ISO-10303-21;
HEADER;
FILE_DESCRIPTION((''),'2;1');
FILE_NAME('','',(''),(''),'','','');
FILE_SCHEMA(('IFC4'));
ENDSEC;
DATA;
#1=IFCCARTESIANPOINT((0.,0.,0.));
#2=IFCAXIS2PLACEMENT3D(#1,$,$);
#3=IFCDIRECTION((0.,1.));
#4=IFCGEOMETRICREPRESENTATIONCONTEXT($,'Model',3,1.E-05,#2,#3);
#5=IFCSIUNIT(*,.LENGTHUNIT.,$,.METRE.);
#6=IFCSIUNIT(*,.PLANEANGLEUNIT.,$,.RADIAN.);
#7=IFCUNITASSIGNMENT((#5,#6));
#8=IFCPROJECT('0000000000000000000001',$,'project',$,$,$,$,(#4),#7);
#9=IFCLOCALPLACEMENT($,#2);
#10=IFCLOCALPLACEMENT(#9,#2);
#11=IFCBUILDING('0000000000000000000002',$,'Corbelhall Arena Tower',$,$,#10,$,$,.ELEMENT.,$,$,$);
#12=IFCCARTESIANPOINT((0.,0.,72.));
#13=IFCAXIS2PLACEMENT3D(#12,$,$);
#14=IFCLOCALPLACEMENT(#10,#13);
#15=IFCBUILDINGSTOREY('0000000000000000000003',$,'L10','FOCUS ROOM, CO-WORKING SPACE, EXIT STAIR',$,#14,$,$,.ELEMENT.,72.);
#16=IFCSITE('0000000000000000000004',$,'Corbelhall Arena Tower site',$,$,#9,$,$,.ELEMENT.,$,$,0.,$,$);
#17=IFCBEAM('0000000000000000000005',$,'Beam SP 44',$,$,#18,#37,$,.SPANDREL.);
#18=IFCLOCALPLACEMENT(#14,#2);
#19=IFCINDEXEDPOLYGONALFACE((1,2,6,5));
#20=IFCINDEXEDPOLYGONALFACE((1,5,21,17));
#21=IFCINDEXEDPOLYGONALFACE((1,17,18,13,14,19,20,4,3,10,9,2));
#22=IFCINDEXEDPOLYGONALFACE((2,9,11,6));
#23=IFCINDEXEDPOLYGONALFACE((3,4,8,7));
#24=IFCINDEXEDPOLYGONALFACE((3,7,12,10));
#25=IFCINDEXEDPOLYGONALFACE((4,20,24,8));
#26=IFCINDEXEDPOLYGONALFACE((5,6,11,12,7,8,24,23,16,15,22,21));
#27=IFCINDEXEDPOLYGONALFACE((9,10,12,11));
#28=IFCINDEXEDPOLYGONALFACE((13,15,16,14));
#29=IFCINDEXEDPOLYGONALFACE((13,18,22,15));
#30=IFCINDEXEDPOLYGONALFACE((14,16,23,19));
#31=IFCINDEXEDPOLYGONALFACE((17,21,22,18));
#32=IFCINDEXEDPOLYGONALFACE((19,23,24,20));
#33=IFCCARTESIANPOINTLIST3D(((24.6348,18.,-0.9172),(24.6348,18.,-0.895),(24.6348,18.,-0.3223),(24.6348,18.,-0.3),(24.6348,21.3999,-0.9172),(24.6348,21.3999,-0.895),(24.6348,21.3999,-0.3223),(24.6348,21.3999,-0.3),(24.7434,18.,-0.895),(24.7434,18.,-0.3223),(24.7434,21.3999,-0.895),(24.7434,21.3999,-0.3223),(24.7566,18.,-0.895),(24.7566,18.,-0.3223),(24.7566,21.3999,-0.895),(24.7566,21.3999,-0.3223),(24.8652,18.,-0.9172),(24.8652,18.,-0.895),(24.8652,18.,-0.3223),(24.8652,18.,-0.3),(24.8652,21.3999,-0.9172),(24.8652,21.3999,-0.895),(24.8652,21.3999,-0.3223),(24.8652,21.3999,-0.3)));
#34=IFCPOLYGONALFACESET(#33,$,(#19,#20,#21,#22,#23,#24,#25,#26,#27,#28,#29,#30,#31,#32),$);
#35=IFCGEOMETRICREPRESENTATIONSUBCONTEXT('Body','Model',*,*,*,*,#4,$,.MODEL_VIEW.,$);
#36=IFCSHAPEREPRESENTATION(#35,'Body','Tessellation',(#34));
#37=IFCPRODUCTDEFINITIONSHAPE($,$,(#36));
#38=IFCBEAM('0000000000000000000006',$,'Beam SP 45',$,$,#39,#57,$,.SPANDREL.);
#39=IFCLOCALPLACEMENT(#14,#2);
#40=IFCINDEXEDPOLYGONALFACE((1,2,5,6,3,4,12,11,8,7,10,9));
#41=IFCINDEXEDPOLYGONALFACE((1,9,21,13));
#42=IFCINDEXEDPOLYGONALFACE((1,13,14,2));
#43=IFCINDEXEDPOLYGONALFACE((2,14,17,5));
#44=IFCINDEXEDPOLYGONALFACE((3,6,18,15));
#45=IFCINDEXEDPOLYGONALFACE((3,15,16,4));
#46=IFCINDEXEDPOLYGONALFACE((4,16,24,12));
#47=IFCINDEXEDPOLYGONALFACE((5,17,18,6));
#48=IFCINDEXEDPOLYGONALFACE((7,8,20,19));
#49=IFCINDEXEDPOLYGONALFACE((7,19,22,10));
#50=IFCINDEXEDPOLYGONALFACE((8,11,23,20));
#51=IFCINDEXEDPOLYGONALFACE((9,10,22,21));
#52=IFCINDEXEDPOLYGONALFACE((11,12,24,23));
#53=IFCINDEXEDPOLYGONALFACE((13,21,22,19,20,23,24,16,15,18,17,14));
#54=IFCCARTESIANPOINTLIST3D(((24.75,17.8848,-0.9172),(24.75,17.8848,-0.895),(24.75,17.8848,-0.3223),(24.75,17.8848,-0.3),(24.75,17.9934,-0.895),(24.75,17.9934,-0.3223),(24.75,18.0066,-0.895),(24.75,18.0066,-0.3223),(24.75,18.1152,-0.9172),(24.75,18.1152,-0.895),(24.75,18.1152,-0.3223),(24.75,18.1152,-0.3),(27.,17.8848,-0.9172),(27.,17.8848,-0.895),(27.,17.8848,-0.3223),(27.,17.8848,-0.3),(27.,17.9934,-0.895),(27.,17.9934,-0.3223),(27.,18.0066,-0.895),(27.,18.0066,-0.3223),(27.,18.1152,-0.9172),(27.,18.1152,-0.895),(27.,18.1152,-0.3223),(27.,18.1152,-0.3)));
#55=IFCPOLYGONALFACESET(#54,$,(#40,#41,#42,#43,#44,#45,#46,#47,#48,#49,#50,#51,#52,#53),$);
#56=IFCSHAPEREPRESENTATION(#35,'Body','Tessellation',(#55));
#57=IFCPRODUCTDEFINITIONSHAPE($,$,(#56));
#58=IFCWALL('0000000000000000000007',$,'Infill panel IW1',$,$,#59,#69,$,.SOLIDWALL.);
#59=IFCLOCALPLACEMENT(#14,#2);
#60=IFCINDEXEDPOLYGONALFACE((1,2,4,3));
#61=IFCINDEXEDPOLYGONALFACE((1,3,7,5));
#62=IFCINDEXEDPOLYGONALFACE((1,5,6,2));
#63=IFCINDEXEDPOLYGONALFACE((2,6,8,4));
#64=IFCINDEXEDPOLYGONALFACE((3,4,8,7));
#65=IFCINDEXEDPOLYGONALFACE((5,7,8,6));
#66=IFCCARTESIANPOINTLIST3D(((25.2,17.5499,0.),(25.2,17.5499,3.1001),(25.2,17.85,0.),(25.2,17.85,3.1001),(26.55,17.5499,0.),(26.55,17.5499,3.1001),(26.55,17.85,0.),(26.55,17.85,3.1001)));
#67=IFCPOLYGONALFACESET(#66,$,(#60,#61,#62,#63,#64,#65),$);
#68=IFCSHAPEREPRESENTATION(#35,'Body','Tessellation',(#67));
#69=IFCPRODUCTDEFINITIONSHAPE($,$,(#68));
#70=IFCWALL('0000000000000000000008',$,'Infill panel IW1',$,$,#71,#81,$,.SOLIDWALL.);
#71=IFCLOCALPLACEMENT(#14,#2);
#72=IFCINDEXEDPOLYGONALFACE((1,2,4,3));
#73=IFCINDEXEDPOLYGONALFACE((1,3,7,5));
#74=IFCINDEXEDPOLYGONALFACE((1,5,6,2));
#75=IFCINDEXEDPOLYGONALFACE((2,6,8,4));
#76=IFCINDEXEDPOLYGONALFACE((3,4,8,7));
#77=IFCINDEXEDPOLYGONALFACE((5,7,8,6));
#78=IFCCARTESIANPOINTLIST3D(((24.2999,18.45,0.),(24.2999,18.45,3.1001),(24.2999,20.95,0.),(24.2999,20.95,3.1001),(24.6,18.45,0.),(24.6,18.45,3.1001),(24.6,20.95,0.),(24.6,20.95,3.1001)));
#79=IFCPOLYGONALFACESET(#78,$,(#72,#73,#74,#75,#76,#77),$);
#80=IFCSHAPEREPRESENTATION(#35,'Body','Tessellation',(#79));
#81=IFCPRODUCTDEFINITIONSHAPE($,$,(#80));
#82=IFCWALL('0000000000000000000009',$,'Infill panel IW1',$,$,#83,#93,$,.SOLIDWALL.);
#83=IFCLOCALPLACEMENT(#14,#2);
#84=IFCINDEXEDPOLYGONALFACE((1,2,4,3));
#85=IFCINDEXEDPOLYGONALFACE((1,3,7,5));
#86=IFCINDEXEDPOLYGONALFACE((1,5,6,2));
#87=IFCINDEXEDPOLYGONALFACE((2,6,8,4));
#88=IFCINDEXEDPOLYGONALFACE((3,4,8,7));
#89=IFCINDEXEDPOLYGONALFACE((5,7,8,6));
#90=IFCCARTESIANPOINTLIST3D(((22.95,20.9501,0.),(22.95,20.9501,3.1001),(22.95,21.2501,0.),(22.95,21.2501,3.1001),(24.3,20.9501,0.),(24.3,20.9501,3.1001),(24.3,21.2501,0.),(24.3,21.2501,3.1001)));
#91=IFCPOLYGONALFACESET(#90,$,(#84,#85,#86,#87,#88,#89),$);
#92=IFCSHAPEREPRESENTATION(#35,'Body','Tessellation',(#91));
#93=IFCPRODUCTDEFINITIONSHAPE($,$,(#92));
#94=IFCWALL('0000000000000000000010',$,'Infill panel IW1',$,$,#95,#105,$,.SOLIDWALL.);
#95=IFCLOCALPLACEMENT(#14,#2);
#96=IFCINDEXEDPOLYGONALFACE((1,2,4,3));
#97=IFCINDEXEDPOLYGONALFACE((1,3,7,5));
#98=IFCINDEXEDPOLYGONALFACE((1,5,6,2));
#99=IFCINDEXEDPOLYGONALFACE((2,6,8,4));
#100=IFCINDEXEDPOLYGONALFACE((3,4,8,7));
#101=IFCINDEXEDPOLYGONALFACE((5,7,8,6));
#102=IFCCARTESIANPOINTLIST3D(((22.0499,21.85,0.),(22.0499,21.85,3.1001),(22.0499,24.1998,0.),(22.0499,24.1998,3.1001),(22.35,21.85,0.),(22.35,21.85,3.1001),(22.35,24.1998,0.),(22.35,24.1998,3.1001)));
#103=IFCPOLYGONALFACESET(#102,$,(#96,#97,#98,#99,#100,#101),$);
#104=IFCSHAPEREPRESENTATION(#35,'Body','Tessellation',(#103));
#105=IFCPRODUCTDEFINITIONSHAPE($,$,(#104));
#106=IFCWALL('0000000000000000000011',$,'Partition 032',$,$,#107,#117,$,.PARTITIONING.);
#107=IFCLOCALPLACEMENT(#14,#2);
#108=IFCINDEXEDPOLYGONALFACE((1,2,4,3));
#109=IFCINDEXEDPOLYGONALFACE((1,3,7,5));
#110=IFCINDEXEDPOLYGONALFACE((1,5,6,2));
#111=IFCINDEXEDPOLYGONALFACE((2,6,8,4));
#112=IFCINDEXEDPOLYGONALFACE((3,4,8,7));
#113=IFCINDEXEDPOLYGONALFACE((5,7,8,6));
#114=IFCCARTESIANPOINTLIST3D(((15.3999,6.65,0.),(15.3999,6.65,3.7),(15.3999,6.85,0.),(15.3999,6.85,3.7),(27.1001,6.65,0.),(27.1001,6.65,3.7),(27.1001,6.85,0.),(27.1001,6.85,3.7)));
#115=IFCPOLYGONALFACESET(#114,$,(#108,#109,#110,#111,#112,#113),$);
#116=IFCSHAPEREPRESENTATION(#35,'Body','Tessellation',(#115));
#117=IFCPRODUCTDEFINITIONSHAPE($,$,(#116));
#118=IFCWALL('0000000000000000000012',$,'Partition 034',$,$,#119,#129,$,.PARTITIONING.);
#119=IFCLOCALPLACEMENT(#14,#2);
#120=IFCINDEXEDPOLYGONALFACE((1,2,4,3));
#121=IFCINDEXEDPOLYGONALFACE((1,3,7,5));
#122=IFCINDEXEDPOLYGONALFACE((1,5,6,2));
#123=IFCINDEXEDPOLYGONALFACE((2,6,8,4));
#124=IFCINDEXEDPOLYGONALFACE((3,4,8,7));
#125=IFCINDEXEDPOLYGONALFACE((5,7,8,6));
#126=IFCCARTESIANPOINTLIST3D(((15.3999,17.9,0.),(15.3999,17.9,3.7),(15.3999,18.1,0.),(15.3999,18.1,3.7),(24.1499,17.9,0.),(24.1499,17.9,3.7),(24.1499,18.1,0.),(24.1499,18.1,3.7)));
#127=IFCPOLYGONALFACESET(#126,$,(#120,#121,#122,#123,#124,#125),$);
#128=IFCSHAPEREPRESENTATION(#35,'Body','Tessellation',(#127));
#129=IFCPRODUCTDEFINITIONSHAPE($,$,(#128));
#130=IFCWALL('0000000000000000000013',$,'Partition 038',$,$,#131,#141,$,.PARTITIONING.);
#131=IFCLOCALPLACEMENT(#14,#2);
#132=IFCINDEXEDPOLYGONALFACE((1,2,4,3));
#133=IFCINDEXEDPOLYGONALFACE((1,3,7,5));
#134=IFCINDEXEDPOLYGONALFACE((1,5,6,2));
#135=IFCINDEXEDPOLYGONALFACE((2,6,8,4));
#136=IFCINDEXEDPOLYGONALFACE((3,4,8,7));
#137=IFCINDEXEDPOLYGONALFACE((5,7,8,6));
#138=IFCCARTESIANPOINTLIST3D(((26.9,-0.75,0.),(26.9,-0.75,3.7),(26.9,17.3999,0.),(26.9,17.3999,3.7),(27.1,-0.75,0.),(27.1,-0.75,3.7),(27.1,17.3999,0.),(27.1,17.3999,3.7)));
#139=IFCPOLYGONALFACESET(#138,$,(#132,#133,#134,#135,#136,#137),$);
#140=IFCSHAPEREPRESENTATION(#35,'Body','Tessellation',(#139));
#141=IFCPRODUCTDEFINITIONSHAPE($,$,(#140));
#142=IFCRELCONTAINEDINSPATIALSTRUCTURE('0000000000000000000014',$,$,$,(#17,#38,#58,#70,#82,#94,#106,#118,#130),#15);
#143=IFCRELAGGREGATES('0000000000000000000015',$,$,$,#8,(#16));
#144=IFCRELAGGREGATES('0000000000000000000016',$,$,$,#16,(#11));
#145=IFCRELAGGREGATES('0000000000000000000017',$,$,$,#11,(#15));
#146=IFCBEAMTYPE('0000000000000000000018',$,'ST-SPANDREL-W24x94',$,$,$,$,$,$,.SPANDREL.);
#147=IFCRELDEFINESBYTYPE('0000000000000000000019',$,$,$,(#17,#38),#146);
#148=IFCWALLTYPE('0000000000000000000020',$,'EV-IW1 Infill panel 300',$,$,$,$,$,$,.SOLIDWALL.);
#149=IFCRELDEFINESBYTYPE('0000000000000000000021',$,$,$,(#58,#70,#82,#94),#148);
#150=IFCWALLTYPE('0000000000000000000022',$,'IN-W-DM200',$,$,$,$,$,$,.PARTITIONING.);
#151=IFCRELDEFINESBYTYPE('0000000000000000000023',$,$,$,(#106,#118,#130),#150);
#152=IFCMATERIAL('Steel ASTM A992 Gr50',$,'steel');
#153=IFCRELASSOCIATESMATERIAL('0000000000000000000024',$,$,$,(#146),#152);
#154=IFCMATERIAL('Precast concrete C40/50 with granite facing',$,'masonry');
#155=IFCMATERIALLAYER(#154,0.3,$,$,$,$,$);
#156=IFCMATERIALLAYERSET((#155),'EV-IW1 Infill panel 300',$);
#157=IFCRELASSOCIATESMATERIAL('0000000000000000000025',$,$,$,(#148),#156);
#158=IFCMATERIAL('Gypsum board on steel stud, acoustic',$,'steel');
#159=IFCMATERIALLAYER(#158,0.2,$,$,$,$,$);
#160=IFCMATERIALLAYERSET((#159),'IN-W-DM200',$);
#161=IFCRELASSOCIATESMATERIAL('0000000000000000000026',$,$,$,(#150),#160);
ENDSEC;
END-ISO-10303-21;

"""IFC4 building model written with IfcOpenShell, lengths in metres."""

from ifc_helpers import new_model, si_unit, direction, frame, frame_2d, origin, origin_2d, place, context, subcontext, project, spatial, rectangle, i_section, extrude, material, layer, layer_set, material_profile, profile_set, type_object, element, save


model = new_model("IFC4")

# Units and contexts
model_context = context("Model", 3, precision=1e-05, world=origin(), true_north=direction((0.0, 1.0)))
body_context = subcontext(model_context, "Body", "Model", "MODEL_VIEW")
ifc_project = project(units=[si_unit("LENGTHUNIT", "METRE"), si_unit("PLANEANGLEUNIT", "RADIAN")], contexts=[model_context])

# Site, building, storey
site_placement = place(None, origin())
site = spatial("IfcSite", under=ifc_project, at=site_placement, Name="Corbelhall Arena Tower site", CompositionType="ELEMENT", RefElevation=0.0)
building_placement = place(site_placement, origin())
building = spatial("IfcBuilding", under=site, at=building_placement, Name="Corbelhall Arena Tower", CompositionType="ELEMENT")
storey_placement = place(building_placement, frame((0.0, 0.0, 72.0)))
storey = spatial("IfcBuildingStorey", under=building, at=storey_placement, Name="L10", Description="FOCUS ROOM, CO-WORKING SPACE, EXIT STAIR", CompositionType="ELEMENT", Elevation=72.0)

# Beams
ifc_material_1 = material(Name="Steel ASTM A992 Gr50", Category="steel")
ifc_material_profile_1 = material_profile(ifc_material_1, i_section(OverallWidth=0.2305, OverallDepth=0.6172, WebThickness=0.0132, FlangeThickness=0.0222, at=origin_2d()))
ifc_profile_set_1 = profile_set([ifc_material_profile_1], Name="Steel ASTM A992 Gr50")
beam_type = type_object("IfcBeamType", Name="ST-SPANDREL-W24x94", PredefinedType="SPANDREL", material=ifc_profile_set_1)
beam_1_placement = place(storey_placement, frame((24.75, 21.3999, -0.6086), z_axis=(0.0, -1.0, 0.0), x_axis=(1.0, 0.0, 0.0)))
element("IfcBeam", 1, at=beam_1_placement, inside=storey, type_object=beam_type, Name="Beam SP 44", PredefinedType="SPANDREL", context=body_context, shape_type="SweptSolid", body=[
    extrude(i_section(OverallWidth=0.2305, OverallDepth=0.6172, WebThickness=0.0132, FlangeThickness=0.0222, at=origin_2d()), origin(), (0.0, 0.0, 1.0), 3.3999),
])
beam_2_placement = place(storey_placement, frame((24.75, 18.0, -0.6086), z_axis=(1.0, 0.0, 0.0), x_axis=(0.0, 1.0, 0.0)))
element("IfcBeam", 2, at=beam_2_placement, inside=storey, type_object=beam_type, Name="Beam SP 45", PredefinedType="SPANDREL", context=body_context, shape_type="SweptSolid", body=[
    extrude(i_section(OverallWidth=0.2305, OverallDepth=0.6172, WebThickness=0.0132, FlangeThickness=0.0222, at=origin_2d()), origin(), (0.0, 0.0, 1.0), 2.25),
])

# Walls
ifc_material_2 = material(Name="Precast concrete C40/50 with granite facing", Category="masonry")
ifc_layer_1 = layer(ifc_material_2, 0.3)
ifc_layer_set_1 = layer_set([ifc_layer_1], Name="EV-IW1 Infill panel 300")
wall_type_1 = type_object("IfcWallType", Name="EV-IW1 Infill panel 300", PredefinedType="SOLIDWALL", material=ifc_layer_set_1)
wall_1_placement = place(storey_placement, frame((26.55, 17.7, 0.0), z_axis=(0.0, 0.0, 1.0), x_axis=(-1.0, 0.0, 0.0)))
element("IfcWall", 3, at=wall_1_placement, inside=storey, type_object=wall_type_1, Name="Infill panel IW1", PredefinedType="SOLIDWALL", context=body_context, shape_type="SweptSolid", body=[
    extrude(rectangle(XDim=1.3501, YDim=0.3, at=frame_2d((0.675, 0.0))), origin(), (0.0, 0.0, 1.0), 3.1001),
])
wall_2_placement = place(storey_placement, frame((24.45, 18.45, 0.0), z_axis=(0.0, 0.0, 1.0), x_axis=(0.0, 1.0, 0.0)))
element("IfcWall", 4, at=wall_2_placement, inside=storey, type_object=wall_type_1, Name="Infill panel IW1", PredefinedType="SOLIDWALL", context=body_context, shape_type="SweptSolid", body=[
    extrude(rectangle(XDim=2.5, YDim=0.3, at=frame_2d((1.25, 0.0))), origin(), (0.0, 0.0, 1.0), 3.1001),
])
wall_3_placement = place(storey_placement, frame((24.3, 21.1001, 0.0), z_axis=(0.0, 0.0, 1.0), x_axis=(-1.0, 0.0, 0.0)))
element("IfcWall", 5, at=wall_3_placement, inside=storey, type_object=wall_type_1, Name="Infill panel IW1", PredefinedType="SOLIDWALL", context=body_context, shape_type="SweptSolid", body=[
    extrude(rectangle(XDim=1.3501, YDim=0.3, at=frame_2d((0.675, 0.0))), origin(), (0.0, 0.0, 1.0), 3.1001),
])
wall_4_placement = place(storey_placement, frame((22.2, 21.8501, 0.0), z_axis=(0.0, 0.0, 1.0), x_axis=(0.0, 1.0, 0.0)))
element("IfcWall", 6, at=wall_4_placement, inside=storey, type_object=wall_type_1, Name="Infill panel IW1", PredefinedType="SOLIDWALL", context=body_context, shape_type="SweptSolid", body=[
    extrude(rectangle(XDim=2.3499, YDim=0.3, at=frame_2d((1.1748, 0.0))), origin(), (0.0, 0.0, 1.0), 3.1001),
])

# Wall
ifc_material_3 = material(Name="Gypsum board on steel stud, acoustic", Category="steel")
ifc_layer_2 = layer(ifc_material_3, 0.2)
ifc_layer_set_2 = layer_set([ifc_layer_2], Name="IN-W-DM200")
wall_type_2 = type_object("IfcWallType", Name="IN-W-DM200", PredefinedType="PARTITIONING", material=ifc_layer_set_2)
wall_5_placement = place(storey_placement, frame((15.3999, 6.75, 0.0), z_axis=(0.0, 0.0, 1.0), x_axis=(1.0, 0.0, 0.0)))
element("IfcWall", 7, at=wall_5_placement, inside=storey, type_object=wall_type_2, Name="Partition 032", PredefinedType="PARTITIONING", context=body_context, shape_type="SweptSolid", body=[
    extrude(rectangle(XDim=11.7002, YDim=0.2, at=frame_2d((5.8501, 0.0))), origin(), (0.0, 0.0, 1.0), 3.7),
])

# Wall
wall_6_placement = place(storey_placement, frame((15.3999, 18.0, 0.0), z_axis=(0.0, 0.0, 1.0), x_axis=(1.0, 0.0, 0.0)))
element("IfcWall", 8, at=wall_6_placement, inside=storey, type_object=wall_type_2, Name="Partition 034", PredefinedType="PARTITIONING", context=body_context, shape_type="SweptSolid", body=[
    extrude(rectangle(XDim=8.75, YDim=0.2, at=frame_2d((4.375, 0.0))), origin(), (0.0, 0.0, 1.0), 3.7),
])

# Wall
wall_7_placement = place(storey_placement, frame((27.0, 17.3999, 0.0), z_axis=(0.0, 0.0, 1.0), x_axis=(0.0, -1.0, 0.0)))
element("IfcWall", 9, at=wall_7_placement, inside=storey, type_object=wall_type_2, Name="Partition 038", PredefinedType="PARTITIONING", context=body_context, shape_type="SweptSolid", body=[
    extrude(rectangle(XDim=18.1499, YDim=0.2, at=frame_2d((9.075, 0.0))), origin(), (0.0, 0.0, 1.0), 3.7),
])

save(model, "model.ifc")
